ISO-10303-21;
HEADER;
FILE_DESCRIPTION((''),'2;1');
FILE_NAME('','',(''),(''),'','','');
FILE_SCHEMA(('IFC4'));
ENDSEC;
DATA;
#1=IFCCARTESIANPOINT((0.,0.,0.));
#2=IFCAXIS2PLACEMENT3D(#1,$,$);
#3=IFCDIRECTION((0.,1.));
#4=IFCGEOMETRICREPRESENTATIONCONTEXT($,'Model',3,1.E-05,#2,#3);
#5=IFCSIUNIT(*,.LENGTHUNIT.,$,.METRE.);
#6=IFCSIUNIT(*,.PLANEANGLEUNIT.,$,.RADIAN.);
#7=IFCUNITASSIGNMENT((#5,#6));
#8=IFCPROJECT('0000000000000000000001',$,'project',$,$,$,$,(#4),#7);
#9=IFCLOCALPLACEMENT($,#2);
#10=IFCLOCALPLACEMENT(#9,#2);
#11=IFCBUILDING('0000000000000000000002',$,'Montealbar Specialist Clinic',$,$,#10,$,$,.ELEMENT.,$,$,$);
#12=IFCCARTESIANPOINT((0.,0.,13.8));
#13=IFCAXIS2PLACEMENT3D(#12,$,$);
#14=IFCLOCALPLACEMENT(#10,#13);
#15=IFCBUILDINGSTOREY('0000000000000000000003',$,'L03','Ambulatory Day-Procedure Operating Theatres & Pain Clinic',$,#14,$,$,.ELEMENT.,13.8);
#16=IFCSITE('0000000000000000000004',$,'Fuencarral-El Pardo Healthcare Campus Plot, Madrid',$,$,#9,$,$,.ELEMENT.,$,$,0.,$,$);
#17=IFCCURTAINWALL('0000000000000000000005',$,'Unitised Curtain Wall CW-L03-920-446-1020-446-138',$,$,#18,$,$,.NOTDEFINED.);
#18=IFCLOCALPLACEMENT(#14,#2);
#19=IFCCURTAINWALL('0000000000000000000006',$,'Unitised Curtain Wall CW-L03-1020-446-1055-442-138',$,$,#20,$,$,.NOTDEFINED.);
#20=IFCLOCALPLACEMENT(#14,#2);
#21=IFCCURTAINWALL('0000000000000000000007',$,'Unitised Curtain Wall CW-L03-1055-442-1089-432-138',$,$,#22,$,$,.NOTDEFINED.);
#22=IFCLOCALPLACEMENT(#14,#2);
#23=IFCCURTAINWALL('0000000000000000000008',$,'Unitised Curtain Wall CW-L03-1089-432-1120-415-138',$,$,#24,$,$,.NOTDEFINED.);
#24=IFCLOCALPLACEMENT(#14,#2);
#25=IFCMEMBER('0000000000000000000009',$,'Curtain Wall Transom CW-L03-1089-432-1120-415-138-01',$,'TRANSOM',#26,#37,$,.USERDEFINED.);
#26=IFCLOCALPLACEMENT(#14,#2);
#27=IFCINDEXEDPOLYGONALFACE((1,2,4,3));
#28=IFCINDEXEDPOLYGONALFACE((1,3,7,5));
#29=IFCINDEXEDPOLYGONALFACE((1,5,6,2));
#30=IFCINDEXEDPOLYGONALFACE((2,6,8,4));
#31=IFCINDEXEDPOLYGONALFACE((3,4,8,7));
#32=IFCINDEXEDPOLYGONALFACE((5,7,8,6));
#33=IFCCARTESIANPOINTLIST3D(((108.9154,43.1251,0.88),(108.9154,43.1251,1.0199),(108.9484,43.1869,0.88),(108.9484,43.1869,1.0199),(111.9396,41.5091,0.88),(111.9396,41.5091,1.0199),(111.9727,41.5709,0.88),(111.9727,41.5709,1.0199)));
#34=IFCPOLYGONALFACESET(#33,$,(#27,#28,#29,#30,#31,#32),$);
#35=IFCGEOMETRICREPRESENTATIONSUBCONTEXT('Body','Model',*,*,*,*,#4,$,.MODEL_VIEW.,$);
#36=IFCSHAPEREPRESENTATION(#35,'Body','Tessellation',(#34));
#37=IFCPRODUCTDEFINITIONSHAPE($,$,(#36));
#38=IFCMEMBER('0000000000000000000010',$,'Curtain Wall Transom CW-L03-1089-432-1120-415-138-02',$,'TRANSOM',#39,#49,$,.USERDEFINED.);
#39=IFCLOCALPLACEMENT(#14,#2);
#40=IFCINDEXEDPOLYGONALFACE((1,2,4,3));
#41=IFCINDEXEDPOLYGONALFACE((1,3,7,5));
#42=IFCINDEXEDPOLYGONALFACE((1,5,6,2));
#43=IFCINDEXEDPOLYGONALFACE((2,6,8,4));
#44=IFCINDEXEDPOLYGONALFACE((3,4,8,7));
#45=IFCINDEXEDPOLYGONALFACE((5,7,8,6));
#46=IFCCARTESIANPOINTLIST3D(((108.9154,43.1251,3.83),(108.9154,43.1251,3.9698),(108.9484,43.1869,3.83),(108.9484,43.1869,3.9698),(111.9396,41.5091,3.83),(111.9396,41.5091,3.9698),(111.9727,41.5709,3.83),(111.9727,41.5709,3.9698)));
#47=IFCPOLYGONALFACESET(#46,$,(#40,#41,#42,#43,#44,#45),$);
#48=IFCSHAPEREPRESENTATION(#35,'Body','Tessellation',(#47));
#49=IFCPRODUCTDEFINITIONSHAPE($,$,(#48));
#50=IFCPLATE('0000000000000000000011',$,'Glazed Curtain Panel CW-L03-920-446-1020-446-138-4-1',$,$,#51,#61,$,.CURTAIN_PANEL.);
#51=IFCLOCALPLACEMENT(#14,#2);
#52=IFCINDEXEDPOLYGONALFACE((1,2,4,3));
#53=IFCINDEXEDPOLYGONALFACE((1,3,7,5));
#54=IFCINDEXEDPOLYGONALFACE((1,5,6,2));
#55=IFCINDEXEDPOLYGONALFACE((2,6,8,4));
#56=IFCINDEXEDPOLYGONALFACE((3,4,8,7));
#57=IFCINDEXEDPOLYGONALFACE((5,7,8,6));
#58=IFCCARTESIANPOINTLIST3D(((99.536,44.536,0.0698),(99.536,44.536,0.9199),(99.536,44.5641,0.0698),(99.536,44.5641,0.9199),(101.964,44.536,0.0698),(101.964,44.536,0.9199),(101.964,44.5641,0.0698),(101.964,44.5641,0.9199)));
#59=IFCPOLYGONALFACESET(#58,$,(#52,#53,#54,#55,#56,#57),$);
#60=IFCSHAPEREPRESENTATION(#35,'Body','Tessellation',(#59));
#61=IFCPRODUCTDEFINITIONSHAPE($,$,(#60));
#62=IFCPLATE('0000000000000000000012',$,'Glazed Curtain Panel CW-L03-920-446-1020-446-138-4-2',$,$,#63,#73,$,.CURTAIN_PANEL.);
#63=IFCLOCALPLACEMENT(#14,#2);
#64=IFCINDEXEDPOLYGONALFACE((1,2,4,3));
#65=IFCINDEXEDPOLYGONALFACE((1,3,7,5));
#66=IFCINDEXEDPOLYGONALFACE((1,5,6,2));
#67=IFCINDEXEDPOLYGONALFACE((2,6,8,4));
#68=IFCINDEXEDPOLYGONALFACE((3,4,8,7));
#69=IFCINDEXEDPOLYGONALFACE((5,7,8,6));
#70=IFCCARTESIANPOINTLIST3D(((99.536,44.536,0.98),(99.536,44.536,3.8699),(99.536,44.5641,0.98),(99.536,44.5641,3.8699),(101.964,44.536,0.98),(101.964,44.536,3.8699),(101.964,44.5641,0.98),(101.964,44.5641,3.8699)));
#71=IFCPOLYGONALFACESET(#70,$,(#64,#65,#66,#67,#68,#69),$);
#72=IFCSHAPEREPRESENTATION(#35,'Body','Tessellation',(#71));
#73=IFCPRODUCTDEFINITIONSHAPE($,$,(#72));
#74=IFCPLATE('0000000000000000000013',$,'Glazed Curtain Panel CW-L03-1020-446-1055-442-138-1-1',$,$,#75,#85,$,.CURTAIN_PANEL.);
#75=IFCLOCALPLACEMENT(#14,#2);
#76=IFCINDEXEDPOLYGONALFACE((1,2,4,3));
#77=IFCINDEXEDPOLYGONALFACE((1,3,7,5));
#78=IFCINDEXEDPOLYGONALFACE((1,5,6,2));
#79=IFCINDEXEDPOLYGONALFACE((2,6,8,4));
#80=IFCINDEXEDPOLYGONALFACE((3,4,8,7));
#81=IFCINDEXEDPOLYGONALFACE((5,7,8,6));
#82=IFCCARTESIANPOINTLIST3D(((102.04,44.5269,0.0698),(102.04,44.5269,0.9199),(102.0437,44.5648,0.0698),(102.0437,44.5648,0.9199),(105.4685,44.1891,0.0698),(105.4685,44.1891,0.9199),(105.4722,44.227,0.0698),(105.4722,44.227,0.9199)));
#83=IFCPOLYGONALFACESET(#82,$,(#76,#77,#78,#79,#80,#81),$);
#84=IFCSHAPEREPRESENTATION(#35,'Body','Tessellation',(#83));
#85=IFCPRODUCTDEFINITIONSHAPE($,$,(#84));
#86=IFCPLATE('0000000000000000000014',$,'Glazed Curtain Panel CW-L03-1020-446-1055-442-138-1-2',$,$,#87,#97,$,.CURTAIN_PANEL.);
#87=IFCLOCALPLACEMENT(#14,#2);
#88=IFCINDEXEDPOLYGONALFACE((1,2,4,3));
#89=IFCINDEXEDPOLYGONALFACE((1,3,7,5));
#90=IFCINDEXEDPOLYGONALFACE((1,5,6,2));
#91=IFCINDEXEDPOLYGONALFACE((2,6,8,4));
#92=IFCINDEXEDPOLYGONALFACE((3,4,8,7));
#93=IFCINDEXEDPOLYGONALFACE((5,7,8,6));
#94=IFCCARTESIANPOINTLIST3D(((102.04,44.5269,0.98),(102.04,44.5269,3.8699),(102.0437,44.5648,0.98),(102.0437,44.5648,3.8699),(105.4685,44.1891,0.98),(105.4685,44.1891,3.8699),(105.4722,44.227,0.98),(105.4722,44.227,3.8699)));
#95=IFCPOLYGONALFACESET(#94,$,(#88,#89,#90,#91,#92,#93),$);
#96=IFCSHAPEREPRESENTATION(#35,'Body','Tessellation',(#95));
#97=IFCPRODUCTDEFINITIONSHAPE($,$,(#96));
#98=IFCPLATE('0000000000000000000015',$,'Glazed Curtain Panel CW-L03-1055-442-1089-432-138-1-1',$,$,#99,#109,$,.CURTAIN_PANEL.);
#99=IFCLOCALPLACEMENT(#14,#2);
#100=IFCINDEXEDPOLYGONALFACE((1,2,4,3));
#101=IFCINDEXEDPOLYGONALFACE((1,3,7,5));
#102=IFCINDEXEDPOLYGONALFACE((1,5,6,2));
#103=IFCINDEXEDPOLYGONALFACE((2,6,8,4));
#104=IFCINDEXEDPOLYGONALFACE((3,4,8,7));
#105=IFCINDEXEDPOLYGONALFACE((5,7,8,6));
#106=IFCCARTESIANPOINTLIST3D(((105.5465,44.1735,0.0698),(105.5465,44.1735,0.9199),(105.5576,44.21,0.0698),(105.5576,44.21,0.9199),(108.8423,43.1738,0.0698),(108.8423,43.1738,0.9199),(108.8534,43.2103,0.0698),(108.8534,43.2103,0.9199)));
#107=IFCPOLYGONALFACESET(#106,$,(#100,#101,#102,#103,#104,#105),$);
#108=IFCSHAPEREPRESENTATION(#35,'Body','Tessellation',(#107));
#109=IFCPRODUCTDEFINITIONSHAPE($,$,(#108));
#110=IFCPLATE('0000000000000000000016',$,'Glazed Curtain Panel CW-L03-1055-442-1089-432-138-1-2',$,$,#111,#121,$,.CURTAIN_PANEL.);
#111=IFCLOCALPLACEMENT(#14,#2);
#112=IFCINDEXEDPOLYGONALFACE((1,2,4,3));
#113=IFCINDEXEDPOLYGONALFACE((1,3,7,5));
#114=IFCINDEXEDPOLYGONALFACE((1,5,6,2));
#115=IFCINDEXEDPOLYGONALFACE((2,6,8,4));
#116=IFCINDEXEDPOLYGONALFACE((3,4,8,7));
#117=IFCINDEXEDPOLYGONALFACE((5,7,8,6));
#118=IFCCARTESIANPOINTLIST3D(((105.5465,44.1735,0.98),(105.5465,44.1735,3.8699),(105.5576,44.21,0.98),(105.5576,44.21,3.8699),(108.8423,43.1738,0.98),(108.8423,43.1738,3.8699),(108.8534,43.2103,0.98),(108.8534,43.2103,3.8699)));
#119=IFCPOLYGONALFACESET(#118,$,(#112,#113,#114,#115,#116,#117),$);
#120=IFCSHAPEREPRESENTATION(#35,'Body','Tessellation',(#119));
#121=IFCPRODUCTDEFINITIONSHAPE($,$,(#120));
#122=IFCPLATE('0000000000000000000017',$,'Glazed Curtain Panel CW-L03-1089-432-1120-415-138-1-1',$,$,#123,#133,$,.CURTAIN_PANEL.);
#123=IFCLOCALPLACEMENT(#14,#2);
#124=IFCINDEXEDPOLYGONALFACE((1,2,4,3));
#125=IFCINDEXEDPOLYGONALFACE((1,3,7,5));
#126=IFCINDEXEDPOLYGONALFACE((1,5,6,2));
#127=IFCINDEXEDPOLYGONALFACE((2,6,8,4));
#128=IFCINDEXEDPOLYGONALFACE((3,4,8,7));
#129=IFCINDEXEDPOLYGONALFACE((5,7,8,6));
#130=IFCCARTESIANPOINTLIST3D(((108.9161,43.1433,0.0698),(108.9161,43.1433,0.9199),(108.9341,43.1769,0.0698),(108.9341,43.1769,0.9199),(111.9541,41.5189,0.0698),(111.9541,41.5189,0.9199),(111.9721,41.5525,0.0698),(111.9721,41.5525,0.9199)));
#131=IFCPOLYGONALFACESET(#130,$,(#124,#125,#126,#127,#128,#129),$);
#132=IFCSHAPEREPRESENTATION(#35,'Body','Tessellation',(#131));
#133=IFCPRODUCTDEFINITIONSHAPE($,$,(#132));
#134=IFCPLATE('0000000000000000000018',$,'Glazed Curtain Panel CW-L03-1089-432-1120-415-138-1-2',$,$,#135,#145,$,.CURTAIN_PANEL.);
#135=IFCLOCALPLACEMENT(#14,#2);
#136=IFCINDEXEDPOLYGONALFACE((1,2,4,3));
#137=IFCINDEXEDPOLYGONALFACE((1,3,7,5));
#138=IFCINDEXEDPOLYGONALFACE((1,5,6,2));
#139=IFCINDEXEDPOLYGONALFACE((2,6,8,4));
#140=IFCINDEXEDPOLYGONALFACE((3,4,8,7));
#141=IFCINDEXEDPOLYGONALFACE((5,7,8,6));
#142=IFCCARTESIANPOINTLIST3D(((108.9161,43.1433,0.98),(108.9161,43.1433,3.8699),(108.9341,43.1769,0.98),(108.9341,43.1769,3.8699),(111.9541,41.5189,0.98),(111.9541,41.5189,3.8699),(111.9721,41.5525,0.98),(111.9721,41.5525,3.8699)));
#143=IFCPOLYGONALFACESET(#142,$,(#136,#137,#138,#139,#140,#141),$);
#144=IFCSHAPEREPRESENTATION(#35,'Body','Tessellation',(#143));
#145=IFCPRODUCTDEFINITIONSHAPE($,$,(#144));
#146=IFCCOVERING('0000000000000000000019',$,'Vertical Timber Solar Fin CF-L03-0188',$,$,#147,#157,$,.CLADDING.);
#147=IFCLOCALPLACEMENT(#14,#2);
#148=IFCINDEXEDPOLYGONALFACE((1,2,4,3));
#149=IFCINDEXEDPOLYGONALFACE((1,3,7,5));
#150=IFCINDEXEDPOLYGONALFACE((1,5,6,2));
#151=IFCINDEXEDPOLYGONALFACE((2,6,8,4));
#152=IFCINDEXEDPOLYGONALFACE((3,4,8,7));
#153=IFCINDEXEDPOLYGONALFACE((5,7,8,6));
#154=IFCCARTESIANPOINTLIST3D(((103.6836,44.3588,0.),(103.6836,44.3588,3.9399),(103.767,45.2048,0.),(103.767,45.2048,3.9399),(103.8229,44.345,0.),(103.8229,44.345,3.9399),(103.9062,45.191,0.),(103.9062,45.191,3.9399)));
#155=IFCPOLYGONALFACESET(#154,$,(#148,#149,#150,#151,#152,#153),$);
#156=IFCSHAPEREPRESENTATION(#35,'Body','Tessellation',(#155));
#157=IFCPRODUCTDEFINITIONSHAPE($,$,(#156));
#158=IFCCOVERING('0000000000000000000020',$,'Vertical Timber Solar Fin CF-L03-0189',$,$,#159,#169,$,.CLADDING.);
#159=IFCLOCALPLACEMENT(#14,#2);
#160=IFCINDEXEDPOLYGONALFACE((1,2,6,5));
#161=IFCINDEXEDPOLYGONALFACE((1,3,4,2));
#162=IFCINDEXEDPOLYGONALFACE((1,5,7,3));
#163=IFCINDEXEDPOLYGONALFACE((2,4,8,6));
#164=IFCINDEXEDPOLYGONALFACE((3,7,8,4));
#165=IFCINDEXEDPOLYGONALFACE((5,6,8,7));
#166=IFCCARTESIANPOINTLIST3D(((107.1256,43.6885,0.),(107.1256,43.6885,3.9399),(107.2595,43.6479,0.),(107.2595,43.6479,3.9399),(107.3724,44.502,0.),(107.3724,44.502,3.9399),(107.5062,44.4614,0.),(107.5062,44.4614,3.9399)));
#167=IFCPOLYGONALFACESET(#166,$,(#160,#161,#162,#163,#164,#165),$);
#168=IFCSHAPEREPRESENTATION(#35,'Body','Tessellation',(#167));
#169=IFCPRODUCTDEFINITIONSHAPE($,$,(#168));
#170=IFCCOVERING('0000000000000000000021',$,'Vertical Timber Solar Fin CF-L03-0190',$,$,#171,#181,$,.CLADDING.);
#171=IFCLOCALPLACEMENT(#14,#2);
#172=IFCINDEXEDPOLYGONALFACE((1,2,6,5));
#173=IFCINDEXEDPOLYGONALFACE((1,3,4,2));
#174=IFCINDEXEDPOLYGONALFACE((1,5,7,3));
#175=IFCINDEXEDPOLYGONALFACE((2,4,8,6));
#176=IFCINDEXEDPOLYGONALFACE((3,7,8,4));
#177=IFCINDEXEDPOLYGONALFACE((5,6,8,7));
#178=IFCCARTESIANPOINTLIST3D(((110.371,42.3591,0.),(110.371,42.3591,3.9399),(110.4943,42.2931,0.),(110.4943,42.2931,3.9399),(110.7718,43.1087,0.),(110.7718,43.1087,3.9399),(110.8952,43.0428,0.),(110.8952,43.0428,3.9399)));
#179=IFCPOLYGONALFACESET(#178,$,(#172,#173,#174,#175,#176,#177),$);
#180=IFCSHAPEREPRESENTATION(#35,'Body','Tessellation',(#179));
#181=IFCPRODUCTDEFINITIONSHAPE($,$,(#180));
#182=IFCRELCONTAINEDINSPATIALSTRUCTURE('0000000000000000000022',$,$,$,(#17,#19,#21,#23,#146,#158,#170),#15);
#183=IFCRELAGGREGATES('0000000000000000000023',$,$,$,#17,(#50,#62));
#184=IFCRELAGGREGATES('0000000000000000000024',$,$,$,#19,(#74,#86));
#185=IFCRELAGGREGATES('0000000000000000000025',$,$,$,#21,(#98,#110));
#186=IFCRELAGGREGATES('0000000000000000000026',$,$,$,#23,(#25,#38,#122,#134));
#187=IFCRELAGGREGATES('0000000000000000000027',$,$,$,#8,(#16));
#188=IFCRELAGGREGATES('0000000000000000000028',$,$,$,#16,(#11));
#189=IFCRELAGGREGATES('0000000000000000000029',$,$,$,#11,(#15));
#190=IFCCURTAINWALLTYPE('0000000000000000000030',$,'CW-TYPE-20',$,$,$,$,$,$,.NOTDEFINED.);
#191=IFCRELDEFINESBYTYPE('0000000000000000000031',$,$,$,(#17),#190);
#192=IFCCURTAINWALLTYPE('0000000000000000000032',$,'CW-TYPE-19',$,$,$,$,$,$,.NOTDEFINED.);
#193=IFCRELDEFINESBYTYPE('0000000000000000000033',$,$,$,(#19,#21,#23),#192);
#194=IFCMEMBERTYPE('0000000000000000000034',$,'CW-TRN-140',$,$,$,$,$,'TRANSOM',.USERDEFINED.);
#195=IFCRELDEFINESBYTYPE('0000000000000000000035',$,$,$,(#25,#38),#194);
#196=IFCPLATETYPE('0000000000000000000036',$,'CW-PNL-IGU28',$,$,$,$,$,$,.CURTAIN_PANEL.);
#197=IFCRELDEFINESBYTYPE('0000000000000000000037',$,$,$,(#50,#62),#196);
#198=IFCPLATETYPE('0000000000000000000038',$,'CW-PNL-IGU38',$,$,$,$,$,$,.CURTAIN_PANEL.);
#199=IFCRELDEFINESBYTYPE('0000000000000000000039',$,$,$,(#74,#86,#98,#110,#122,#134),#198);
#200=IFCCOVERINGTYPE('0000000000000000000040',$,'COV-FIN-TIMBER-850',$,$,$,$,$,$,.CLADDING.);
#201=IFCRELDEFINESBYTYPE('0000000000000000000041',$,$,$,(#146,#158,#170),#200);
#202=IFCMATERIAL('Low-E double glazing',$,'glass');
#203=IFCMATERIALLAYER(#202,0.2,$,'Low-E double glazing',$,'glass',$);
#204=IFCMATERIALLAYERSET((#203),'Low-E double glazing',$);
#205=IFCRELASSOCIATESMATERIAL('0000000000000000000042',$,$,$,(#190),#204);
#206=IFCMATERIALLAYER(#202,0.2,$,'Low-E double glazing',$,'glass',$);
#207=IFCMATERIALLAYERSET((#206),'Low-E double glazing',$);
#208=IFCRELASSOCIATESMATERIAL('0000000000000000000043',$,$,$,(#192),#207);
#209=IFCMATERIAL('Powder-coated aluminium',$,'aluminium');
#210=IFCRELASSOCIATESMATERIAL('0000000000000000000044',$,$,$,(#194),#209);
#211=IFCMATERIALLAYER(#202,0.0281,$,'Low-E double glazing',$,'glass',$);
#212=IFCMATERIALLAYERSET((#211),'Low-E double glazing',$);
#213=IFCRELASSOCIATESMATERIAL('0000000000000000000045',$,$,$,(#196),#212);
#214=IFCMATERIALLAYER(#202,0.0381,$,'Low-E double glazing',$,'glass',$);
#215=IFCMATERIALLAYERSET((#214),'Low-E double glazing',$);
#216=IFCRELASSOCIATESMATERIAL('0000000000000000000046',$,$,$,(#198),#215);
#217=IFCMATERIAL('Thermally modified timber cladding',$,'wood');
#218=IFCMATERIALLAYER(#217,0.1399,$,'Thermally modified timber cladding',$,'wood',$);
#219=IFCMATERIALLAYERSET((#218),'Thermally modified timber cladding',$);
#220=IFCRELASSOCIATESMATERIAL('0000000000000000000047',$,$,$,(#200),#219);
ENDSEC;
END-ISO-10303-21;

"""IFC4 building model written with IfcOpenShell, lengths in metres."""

from ifc_helpers import new_model, si_unit, direction, frame, origin, origin_2d, place, context, subcontext, project, spatial, rectangle, extrude, material, layer, layer_set, material_profile, profile_set, type_object, element, aggregate, save


model = new_model("IFC4")

# Units and contexts
model_context = context("Model", 3, precision=1e-05, world=origin(), true_north=direction((0.0, 1.0)))
body_context = subcontext(model_context, "Body", "Model", "MODEL_VIEW")
ifc_project = project(units=[si_unit("LENGTHUNIT", "METRE"), si_unit("PLANEANGLEUNIT", "RADIAN")], contexts=[model_context])

# Site, building, storey
site_placement = place(None, origin())
site = spatial("IfcSite", under=ifc_project, at=site_placement, Name="Fuencarral-El Pardo Healthcare Campus Plot, Madrid", CompositionType="ELEMENT", RefElevation=0.0)
building_placement = place(site_placement, origin())
building = spatial("IfcBuilding", under=site, at=building_placement, Name="Montealbar Specialist Clinic", CompositionType="ELEMENT")
storey_placement = place(building_placement, frame((0.0, 0.0, 13.8)))
storey = spatial("IfcBuildingStorey", under=building, at=storey_placement, Name="L03", Description="Ambulatory Day-Procedure Operating Theatres & Pain Clinic", CompositionType="ELEMENT", Elevation=13.8)

# Curtain walls
ifc_material_1 = material(Name="Low-E double glazing", Category="glass")
ifc_layer_1 = layer(ifc_material_1, 0.2, Name="Low-E double glazing", Category="glass")
ifc_layer_set_1 = layer_set([ifc_layer_1], Name="Low-E double glazing")
curtain_wall_type_1 = type_object("IfcCurtainWallType", Name="CW-TYPE-20", PredefinedType="NOTDEFINED", material=ifc_layer_set_1)
curtain_wall_1_placement = place(storey_placement, origin())
curtain_wall_1 = element("IfcCurtainWall", 1, at=curtain_wall_1_placement, inside=storey, type_object=curtain_wall_type_1, Name="Unitised Curtain Wall CW-L03-920-446-1020-446-138", PredefinedType="NOTDEFINED")
ifc_layer_2 = layer(ifc_material_1, 0.2, Name="Low-E double glazing", Category="glass")
ifc_layer_set_2 = layer_set([ifc_layer_2], Name="Low-E double glazing")
curtain_wall_type_2 = type_object("IfcCurtainWallType", Name="CW-TYPE-19", PredefinedType="NOTDEFINED", material=ifc_layer_set_2)
curtain_wall_2_placement = place(storey_placement, origin())
curtain_wall_2 = element("IfcCurtainWall", 2, at=curtain_wall_2_placement, inside=storey, type_object=curtain_wall_type_2, Name="Unitised Curtain Wall CW-L03-1020-446-1055-442-138", PredefinedType="NOTDEFINED")
curtain_wall_3_placement = place(storey_placement, origin())
curtain_wall_3 = element("IfcCurtainWall", 3, at=curtain_wall_3_placement, inside=storey, type_object=curtain_wall_type_2, Name="Unitised Curtain Wall CW-L03-1055-442-1089-432-138", PredefinedType="NOTDEFINED")

# Curtain wall
curtain_wall_4_placement = place(storey_placement, origin())
curtain_wall_4 = element("IfcCurtainWall", 4, at=curtain_wall_4_placement, inside=storey, type_object=curtain_wall_type_2, Name="Unitised Curtain Wall CW-L03-1089-432-1120-415-138", PredefinedType="NOTDEFINED")

# Members
ifc_material_2 = material(Name="Powder-coated aluminium", Category="aluminium")
ifc_material_profile_1 = material_profile(ifc_material_2, rectangle(XDim=0.0701, YDim=0.1399, at=origin_2d()), Name="ALU 70x140", Category="aluminium")
ifc_profile_set_1 = profile_set([ifc_material_profile_1], Name="Powder-coated aluminium")
member_type_1 = type_object("IfcMemberType", Name="CW-TRN-140", ElementType="TRANSOM", PredefinedType="USERDEFINED", material=ifc_profile_set_1)
member_1_placement = place(storey_placement, frame((108.9319, 43.156, 0.95), z_axis=(0.88198, -0.471287, 0.0), x_axis=(0.471287, 0.88198, 0.0)))
member_1 = element("IfcMember", 5, at=member_1_placement, type_object=member_type_1, Name="Curtain Wall Transom CW-L03-1089-432-1120-415-138-01", ObjectType="TRANSOM", PredefinedType="USERDEFINED", context=body_context, shape_type="SweptSolid", body=[
    extrude(rectangle(XDim=0.0701, YDim=0.1399, at=origin_2d()), origin(), (0.0, 0.0, 1.0), 3.429),
])
member_2_placement = place(storey_placement, frame((108.9319, 43.156, 3.8999), z_axis=(0.88198, -0.471287, 0.0), x_axis=(0.471287, 0.88198, 0.0)))
member_2 = element("IfcMember", 6, at=member_2_placement, type_object=member_type_1, Name="Curtain Wall Transom CW-L03-1089-432-1120-415-138-02", ObjectType="TRANSOM", PredefinedType="USERDEFINED", context=body_context, shape_type="SweptSolid", body=[
    extrude(rectangle(XDim=0.0701, YDim=0.1399, at=origin_2d()), origin(), (0.0, 0.0, 1.0), 3.429),
])

# Plates
ifc_layer_3 = layer(ifc_material_1, 0.0281, Name="Low-E double glazing", Category="glass")
ifc_layer_set_3 = layer_set([ifc_layer_3], Name="Low-E double glazing")
plate_type_1 = type_object("IfcPlateType", Name="CW-PNL-IGU28", PredefinedType="CURTAIN_PANEL", material=ifc_layer_set_3)
plate_1_placement = place(storey_placement, frame((100.75, 44.55, 0.0698), z_axis=(0.0, 0.0, 1.0), x_axis=(1.0, 0.0, 0.0)))
plate_1 = element("IfcPlate", 7, at=plate_1_placement, type_object=plate_type_1, Name="Glazed Curtain Panel CW-L03-920-446-1020-446-138-4-1", PredefinedType="CURTAIN_PANEL", context=body_context, shape_type="SweptSolid", body=[
    extrude(rectangle(XDim=2.428, YDim=0.0281, at=origin_2d()), origin(), (0.0, 0.0, 1.0), 0.8501),
])
plate_2_placement = place(storey_placement, frame((100.75, 44.55, 0.98), z_axis=(0.0, 0.0, 1.0), x_axis=(1.0, 0.0, 0.0)))
plate_2 = element("IfcPlate", 8, at=plate_2_placement, type_object=plate_type_1, Name="Glazed Curtain Panel CW-L03-920-446-1020-446-138-4-2", PredefinedType="CURTAIN_PANEL", context=body_context, shape_type="SweptSolid", body=[
    extrude(rectangle(XDim=2.428, YDim=0.0281, at=origin_2d()), origin(), (0.0, 0.0, 1.0), 2.8899),
])
aggregate(curtain_wall_1, [plate_1, plate_2])
ifc_layer_4 = layer(ifc_material_1, 0.0381, Name="Low-E double glazing", Category="glass")
ifc_layer_set_4 = layer_set([ifc_layer_4], Name="Low-E double glazing")
plate_type_2 = type_object("IfcPlateType", Name="CW-PNL-IGU38", PredefinedType="CURTAIN_PANEL", material=ifc_layer_set_4)
plate_3_placement = place(storey_placement, frame((103.7561, 44.377, 0.0698), z_axis=(0.0, 0.0, 1.0), x_axis=(0.995182, -0.098045, 0.0)))
plate_3 = element("IfcPlate", 9, at=plate_3_placement, type_object=plate_type_2, Name="Glazed Curtain Panel CW-L03-1020-446-1055-442-138-1-1", PredefinedType="CURTAIN_PANEL", context=body_context, shape_type="SweptSolid", body=[
    extrude(rectangle(XDim=3.4451, YDim=0.0381, at=origin_2d()), origin(), (0.0, 0.0, 1.0), 0.8501),
])
plate_4_placement = place(storey_placement, frame((103.7561, 44.377, 0.98), z_axis=(0.0, 0.0, 1.0), x_axis=(0.995182, -0.098045, 0.0)))
plate_4 = element("IfcPlate", 10, at=plate_4_placement, type_object=plate_type_2, Name="Glazed Curtain Panel CW-L03-1020-446-1055-442-138-1-2", PredefinedType="CURTAIN_PANEL", context=body_context, shape_type="SweptSolid", body=[
    extrude(rectangle(XDim=3.4451, YDim=0.0381, at=origin_2d()), origin(), (0.0, 0.0, 1.0), 2.8899),
])
aggregate(curtain_wall_2, [plate_3, plate_4])
plate_5_placement = place(storey_placement, frame((107.2, 43.6919, 0.0698), z_axis=(0.0, 0.0, 1.0), x_axis=(0.956948, -0.290259, 0.0)))
plate_5 = element("IfcPlate", 11, at=plate_5_placement, type_object=plate_type_2, Name="Glazed Curtain Panel CW-L03-1055-442-1089-432-138-1-1", PredefinedType="CURTAIN_PANEL", context=body_context, shape_type="SweptSolid", body=[
    extrude(rectangle(XDim=3.4441, YDim=0.0381, at=origin_2d()), origin(), (0.0, 0.0, 1.0), 0.8501),
])
plate_6_placement = place(storey_placement, frame((107.2, 43.6919, 0.98), z_axis=(0.0, 0.0, 1.0), x_axis=(0.956948, -0.290259, 0.0)))
plate_6 = element("IfcPlate", 12, at=plate_6_placement, type_object=plate_type_2, Name="Glazed Curtain Panel CW-L03-1055-442-1089-432-138-1-2", PredefinedType="CURTAIN_PANEL", context=body_context, shape_type="SweptSolid", body=[
    extrude(rectangle(XDim=3.4441, YDim=0.0381, at=origin_2d()), origin(), (0.0, 0.0, 1.0), 2.8899),
])
aggregate(curtain_wall_3, [plate_5, plate_6])
plate_7_placement = place(storey_placement, frame((110.4441, 42.3479, 0.0698), z_axis=(0.0, 0.0, 1.0), x_axis=(0.88185, -0.471529, 0.0)))
plate_7 = element("IfcPlate", 13, at=plate_7_placement, type_object=plate_type_2, Name="Glazed Curtain Panel CW-L03-1089-432-1120-415-138-1-1", PredefinedType="CURTAIN_PANEL", context=body_context, shape_type="SweptSolid", body=[
    extrude(rectangle(XDim=3.4451, YDim=0.0381, at=origin_2d()), origin(), (0.0, 0.0, 1.0), 0.8501),
])
plate_8_placement = place(storey_placement, frame((110.4441, 42.3479, 0.98), z_axis=(0.0, 0.0, 1.0), x_axis=(0.88185, -0.471529, 0.0)))
plate_8 = element("IfcPlate", 14, at=plate_8_placement, type_object=plate_type_2, Name="Glazed Curtain Panel CW-L03-1089-432-1120-415-138-1-2", PredefinedType="CURTAIN_PANEL", context=body_context, shape_type="SweptSolid", body=[
    extrude(rectangle(XDim=3.4451, YDim=0.0381, at=origin_2d()), origin(), (0.0, 0.0, 1.0), 2.8899),
])
aggregate(curtain_wall_4, [member_1, member_2, plate_7, plate_8])

# Coverings
ifc_material_3 = material(Name="Thermally modified timber cladding", Category="wood")
ifc_layer_5 = layer(ifc_material_3, 0.1399, Name="Thermally modified timber cladding", Category="wood")
ifc_layer_set_5 = layer_set([ifc_layer_5], Name="Thermally modified timber cladding")
covering_type = type_object("IfcCoveringType", Name="COV-FIN-TIMBER-850", PredefinedType="CLADDING", material=ifc_layer_set_5)
for number, where, z_axis, x_axis, name in (
    (15, (103.7949, 44.7749, 0.0), (0.0, 0.0, 1.0), (0.098045, 0.995182, 0.0), "Vertical Timber Solar Fin CF-L03-0188"),
    (16, (107.3159, 44.075, 0.0), (0.0, 0.0, 1.0), (0.290259, 0.956948, 0.0), "Vertical Timber Solar Fin CF-L03-0189"),
    (17, (110.6331, 42.7009, 0.0), (0.0, 0.0, 1.0), (0.471529, 0.88185, 0.0), "Vertical Timber Solar Fin CF-L03-0190"),
):
    element("IfcCovering", number, at=place(storey_placement, frame(where, z_axis=z_axis, x_axis=x_axis)), inside=storey, type_object=covering_type, Name=name, PredefinedType="CLADDING", context=body_context, shape_type="SweptSolid", body=[
        extrude(rectangle(XDim=0.8501, YDim=0.1399, at=origin_2d()), origin(), (0.0, 0.0, 1.0), 3.9399),
    ])

save(model, "model.ifc")
